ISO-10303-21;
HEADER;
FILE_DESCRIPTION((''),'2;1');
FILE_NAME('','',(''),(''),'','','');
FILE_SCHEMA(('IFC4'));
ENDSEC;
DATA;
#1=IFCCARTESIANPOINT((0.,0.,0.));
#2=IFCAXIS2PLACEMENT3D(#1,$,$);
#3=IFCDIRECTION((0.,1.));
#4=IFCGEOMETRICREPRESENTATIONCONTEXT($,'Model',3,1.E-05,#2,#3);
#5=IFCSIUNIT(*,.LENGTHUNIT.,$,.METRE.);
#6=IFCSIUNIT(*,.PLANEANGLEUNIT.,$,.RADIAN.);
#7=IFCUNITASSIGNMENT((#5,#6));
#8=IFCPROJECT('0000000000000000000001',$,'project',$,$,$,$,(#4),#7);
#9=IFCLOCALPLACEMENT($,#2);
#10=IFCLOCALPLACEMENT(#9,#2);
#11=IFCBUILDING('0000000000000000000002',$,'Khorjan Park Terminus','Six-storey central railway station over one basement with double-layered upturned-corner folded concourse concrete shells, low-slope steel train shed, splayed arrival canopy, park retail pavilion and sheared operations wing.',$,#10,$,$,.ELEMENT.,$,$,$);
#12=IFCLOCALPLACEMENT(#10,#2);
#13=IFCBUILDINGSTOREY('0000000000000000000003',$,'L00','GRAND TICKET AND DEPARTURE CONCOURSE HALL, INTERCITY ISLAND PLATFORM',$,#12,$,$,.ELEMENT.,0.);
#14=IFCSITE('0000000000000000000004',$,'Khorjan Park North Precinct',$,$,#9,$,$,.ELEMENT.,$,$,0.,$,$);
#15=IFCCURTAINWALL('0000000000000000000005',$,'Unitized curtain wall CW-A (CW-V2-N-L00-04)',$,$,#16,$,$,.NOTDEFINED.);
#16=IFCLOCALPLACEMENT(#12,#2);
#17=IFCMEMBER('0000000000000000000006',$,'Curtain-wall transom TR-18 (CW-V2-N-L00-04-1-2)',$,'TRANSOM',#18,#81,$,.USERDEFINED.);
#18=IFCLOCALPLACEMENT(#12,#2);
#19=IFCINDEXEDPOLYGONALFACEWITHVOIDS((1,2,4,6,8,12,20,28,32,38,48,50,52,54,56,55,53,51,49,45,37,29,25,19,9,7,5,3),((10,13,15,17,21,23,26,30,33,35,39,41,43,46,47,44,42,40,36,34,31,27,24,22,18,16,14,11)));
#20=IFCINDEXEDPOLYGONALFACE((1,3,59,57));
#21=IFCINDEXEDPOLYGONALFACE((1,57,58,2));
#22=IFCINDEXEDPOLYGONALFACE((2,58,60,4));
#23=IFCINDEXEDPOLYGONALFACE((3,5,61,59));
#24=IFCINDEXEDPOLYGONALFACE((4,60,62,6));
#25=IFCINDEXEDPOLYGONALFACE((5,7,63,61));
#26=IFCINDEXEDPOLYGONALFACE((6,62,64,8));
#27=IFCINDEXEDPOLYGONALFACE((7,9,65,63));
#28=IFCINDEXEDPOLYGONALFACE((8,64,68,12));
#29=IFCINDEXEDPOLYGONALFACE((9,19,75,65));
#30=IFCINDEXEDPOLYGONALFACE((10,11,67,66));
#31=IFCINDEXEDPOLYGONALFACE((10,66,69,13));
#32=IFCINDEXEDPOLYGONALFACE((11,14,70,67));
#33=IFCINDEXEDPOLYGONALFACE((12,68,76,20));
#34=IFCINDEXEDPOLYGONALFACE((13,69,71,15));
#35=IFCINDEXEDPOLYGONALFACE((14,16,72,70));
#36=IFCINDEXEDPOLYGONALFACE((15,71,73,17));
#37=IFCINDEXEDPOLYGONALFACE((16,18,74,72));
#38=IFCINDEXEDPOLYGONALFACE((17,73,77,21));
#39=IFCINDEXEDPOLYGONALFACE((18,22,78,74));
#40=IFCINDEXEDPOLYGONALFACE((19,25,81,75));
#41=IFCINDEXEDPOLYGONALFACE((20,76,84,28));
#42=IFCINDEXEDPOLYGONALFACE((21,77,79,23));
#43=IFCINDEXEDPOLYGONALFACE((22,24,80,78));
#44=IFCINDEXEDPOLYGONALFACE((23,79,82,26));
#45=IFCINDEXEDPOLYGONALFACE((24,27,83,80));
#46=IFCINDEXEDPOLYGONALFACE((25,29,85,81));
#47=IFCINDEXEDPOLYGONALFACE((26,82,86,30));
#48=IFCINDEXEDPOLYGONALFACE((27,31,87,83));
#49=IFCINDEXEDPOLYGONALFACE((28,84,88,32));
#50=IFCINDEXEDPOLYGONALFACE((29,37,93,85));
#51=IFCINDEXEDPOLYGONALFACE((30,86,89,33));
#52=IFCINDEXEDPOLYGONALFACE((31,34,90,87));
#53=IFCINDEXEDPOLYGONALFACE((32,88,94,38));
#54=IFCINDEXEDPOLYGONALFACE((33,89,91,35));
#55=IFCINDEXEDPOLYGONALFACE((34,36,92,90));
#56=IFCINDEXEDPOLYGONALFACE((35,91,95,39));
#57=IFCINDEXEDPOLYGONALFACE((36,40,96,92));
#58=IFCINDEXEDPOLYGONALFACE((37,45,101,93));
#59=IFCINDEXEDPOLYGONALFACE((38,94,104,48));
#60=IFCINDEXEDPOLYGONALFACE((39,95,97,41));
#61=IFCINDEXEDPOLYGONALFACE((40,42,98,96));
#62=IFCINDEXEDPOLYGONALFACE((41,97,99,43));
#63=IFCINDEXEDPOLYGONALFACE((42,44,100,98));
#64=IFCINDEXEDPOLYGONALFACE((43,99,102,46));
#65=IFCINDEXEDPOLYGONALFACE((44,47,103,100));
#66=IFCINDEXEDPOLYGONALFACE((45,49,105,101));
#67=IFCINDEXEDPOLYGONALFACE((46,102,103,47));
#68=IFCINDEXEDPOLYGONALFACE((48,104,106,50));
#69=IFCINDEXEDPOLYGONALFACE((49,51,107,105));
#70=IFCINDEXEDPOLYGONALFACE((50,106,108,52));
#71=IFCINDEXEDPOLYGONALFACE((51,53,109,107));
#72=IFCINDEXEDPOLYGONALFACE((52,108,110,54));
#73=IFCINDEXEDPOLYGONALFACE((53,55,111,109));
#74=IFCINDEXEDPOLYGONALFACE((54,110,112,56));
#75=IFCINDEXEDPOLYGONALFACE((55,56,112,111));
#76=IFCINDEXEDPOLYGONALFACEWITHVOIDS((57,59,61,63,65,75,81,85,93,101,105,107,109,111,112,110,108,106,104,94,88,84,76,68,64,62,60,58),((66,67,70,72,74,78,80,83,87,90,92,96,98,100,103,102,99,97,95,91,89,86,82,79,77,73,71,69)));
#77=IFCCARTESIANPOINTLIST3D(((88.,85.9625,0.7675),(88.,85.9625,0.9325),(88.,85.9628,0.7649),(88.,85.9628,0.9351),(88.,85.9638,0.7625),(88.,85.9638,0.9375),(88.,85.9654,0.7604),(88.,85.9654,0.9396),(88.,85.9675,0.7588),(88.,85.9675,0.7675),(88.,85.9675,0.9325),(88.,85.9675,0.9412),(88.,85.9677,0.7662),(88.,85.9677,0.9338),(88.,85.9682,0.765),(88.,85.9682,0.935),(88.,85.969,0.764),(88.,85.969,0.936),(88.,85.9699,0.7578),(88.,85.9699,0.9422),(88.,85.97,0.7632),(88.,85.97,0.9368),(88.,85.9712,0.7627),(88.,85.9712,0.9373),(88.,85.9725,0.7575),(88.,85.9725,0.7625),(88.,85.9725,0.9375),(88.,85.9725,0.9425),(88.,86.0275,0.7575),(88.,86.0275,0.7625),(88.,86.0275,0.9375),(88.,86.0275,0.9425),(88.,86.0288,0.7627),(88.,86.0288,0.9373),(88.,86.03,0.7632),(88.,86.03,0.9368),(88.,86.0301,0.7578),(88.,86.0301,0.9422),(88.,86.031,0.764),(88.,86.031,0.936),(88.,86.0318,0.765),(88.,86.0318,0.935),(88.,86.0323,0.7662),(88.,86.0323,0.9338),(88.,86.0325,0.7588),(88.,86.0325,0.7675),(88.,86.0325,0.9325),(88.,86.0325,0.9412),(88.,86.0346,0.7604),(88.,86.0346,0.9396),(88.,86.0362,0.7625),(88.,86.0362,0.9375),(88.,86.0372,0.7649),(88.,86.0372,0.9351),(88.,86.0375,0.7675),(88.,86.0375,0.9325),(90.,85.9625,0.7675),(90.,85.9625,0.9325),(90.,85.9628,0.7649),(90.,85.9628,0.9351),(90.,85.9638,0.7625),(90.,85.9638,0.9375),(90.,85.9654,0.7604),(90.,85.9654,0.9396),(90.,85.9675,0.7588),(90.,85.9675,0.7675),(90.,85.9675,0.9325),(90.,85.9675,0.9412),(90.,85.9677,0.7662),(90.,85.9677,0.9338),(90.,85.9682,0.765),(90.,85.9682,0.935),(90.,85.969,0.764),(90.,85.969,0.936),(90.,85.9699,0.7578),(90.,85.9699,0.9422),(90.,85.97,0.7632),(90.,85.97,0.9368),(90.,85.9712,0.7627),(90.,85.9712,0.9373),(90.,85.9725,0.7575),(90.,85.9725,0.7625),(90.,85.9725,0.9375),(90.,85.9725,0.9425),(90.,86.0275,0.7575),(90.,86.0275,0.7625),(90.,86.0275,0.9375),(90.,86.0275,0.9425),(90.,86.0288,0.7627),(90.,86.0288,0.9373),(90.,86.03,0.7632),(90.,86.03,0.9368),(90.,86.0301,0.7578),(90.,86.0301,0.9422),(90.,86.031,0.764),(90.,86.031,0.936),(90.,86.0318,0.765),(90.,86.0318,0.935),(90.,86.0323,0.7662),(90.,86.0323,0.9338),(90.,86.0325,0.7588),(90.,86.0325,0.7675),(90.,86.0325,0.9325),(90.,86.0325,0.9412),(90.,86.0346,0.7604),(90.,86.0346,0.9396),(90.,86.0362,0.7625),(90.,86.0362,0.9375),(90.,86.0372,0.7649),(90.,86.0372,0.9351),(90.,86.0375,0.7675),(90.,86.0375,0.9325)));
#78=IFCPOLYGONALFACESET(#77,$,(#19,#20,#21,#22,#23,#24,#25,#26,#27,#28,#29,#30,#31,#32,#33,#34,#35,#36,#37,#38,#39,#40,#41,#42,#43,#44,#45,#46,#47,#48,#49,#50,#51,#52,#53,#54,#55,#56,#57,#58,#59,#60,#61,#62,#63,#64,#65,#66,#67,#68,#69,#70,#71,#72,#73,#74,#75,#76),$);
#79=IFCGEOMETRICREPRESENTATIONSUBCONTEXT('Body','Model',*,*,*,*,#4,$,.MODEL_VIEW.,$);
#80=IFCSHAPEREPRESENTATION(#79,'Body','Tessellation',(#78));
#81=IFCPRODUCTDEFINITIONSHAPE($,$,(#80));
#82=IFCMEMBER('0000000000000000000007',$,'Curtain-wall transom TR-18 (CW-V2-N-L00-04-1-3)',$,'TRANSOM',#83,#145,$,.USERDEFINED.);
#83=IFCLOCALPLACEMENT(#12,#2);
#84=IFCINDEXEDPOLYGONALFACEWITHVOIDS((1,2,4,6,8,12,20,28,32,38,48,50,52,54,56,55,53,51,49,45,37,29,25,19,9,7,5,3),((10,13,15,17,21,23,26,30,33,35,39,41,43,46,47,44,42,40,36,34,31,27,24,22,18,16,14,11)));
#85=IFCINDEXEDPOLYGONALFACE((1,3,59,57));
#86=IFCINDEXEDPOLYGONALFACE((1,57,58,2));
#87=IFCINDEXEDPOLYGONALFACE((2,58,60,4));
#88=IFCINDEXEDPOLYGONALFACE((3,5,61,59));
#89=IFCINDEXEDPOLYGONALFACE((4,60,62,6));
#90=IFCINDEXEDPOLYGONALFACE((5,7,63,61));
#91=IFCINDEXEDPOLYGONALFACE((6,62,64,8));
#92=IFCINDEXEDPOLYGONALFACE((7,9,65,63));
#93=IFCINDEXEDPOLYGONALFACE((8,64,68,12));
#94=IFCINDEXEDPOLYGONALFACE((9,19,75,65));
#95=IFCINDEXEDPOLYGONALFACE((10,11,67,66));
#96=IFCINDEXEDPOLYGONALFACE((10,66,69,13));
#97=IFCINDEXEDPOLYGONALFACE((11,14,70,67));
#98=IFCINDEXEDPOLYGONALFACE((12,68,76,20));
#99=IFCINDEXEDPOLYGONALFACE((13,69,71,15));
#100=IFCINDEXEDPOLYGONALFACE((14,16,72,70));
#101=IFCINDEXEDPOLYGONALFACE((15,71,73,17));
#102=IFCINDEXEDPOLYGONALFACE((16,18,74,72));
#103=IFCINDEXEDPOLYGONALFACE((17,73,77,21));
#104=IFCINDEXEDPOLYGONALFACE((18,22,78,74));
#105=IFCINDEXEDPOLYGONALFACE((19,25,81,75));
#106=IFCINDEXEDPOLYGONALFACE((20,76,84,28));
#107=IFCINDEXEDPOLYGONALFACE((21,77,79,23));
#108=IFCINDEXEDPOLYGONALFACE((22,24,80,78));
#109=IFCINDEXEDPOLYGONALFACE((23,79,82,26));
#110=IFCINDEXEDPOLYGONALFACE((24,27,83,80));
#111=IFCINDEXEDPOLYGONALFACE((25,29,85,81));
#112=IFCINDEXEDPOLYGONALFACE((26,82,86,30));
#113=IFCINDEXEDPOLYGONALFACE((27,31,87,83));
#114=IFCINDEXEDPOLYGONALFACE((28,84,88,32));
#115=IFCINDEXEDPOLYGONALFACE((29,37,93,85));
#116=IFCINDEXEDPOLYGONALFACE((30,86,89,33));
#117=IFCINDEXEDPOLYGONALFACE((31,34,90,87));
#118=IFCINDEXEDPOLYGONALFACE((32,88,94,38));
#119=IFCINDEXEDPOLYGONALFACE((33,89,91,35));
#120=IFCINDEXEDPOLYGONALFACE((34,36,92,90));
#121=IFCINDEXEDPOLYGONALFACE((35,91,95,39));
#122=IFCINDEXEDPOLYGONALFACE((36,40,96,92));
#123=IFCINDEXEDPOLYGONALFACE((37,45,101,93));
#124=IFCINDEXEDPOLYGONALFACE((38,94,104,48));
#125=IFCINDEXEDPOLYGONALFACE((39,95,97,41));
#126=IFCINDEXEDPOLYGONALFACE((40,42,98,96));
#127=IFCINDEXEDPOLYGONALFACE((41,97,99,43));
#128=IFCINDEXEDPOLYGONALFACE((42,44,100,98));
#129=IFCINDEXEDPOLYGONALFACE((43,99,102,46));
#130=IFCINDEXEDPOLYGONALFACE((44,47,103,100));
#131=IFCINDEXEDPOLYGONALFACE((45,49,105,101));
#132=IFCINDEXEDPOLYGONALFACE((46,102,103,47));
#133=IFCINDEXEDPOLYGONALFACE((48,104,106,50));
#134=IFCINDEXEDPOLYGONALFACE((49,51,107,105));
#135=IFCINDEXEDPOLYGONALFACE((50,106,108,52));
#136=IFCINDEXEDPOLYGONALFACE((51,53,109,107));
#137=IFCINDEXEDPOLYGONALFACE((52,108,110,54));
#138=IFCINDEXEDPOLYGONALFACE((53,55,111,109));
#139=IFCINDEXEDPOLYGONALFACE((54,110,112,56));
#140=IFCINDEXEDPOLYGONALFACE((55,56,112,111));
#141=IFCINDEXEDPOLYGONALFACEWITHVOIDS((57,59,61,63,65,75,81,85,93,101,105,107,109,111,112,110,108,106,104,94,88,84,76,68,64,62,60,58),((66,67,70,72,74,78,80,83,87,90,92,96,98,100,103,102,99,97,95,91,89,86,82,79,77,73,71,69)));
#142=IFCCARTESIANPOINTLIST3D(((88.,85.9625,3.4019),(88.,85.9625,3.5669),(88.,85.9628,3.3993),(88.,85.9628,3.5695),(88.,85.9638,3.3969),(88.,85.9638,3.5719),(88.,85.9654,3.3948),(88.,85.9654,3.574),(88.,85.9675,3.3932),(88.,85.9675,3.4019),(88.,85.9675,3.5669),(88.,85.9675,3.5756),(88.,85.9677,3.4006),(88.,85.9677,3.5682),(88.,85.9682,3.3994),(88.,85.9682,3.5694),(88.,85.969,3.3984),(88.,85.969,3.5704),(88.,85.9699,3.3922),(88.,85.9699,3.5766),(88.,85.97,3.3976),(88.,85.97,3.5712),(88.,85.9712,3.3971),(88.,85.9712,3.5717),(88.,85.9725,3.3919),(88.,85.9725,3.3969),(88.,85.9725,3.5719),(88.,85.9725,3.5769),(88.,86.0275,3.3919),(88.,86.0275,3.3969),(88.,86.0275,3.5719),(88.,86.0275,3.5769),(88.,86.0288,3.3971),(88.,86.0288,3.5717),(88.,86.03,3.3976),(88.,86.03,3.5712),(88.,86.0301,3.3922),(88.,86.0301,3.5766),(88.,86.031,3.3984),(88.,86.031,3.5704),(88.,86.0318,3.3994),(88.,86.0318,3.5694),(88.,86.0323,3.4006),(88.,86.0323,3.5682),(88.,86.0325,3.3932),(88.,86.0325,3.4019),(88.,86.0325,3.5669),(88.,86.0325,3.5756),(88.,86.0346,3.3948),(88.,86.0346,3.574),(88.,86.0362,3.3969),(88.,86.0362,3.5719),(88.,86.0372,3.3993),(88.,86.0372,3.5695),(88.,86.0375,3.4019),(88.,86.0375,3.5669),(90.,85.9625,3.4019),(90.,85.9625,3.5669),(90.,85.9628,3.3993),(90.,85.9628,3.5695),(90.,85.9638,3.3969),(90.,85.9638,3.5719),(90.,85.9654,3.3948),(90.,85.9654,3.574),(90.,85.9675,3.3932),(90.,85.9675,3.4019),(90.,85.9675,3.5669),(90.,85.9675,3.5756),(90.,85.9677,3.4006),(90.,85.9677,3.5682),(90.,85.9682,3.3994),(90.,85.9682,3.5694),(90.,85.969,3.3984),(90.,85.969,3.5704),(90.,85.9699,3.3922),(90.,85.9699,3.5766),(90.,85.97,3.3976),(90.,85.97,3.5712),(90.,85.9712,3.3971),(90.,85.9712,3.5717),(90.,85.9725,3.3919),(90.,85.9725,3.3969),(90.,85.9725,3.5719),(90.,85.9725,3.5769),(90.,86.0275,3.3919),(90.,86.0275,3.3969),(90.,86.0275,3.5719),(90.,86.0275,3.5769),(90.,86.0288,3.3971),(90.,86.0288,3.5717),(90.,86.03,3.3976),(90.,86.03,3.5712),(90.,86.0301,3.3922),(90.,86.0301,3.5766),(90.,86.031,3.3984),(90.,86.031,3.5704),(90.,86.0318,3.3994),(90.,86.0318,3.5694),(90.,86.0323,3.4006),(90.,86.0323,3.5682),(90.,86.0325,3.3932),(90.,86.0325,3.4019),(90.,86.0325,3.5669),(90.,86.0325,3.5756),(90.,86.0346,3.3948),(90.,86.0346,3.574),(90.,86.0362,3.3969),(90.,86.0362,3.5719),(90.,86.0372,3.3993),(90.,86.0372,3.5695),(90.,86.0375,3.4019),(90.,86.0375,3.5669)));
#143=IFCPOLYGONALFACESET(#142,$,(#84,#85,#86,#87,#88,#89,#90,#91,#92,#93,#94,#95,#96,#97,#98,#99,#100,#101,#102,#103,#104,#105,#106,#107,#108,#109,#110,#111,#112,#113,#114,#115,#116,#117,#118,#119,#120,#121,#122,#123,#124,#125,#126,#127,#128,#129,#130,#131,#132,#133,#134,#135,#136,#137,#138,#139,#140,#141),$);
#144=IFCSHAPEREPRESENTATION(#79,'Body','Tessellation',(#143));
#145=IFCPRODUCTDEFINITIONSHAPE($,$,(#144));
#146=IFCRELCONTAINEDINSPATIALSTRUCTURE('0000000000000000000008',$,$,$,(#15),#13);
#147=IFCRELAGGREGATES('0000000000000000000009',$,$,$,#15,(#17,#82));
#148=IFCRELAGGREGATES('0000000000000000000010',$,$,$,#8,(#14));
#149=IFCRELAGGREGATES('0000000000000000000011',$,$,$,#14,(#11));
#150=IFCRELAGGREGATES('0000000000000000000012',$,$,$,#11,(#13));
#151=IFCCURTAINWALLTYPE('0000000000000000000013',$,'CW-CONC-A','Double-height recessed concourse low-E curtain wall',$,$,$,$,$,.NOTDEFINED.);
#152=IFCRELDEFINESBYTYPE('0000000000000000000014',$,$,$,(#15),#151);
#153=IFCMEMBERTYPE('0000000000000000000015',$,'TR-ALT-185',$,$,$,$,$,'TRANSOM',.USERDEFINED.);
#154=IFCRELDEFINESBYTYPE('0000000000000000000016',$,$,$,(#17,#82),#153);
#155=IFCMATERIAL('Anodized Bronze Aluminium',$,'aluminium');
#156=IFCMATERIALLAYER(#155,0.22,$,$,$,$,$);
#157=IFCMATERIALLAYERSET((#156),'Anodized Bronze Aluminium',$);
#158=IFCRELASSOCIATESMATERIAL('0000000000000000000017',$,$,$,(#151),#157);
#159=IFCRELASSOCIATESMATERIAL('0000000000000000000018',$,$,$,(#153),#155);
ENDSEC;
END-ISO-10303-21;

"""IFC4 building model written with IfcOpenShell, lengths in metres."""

from ifc_helpers import new_model, si_unit, direction, frame, origin, origin_2d, place, context, subcontext, project, spatial, hollow_rectangle, extrude, material, layer, layer_set, material_profile, profile_set, type_object, element, aggregate, save


model = new_model("IFC4")

# Units and contexts
model_context = context("Model", 3, precision=1e-05, world=origin(), true_north=direction((0.0, 1.0)))
body_context = subcontext(model_context, "Body", "Model", "MODEL_VIEW")
ifc_project = project(units=[si_unit("LENGTHUNIT", "METRE"), si_unit("PLANEANGLEUNIT", "RADIAN")], contexts=[model_context])

# Site, building, storey
site_placement = place(None, origin())
site = spatial("IfcSite", under=ifc_project, at=site_placement, Name="Khorjan Park North Precinct", CompositionType="ELEMENT", RefElevation=0.0)
building_placement = place(site_placement, origin())
building = spatial("IfcBuilding", under=site, at=building_placement, Name="Khorjan Park Terminus", Description="Six-storey central railway station over one basement with double-layered upturned-corner folded concourse concrete shells, low-slope steel train shed, splayed arrival canopy, park retail pavilion and sheared operations wing.", CompositionType="ELEMENT")
storey_placement = place(building_placement, origin())
storey = spatial("IfcBuildingStorey", under=building, at=storey_placement, Name="L00", Description="GRAND TICKET AND DEPARTURE CONCOURSE HALL, INTERCITY ISLAND PLATFORM", CompositionType="ELEMENT", Elevation=0.0)

# Curtain wall
ifc_material_1 = material(Name="Anodized Bronze Aluminium", Category="aluminium")
ifc_layer_1 = layer(ifc_material_1, 0.22)
ifc_layer_set_1 = layer_set([ifc_layer_1], Name="Anodized Bronze Aluminium")
curtain_wall_type = type_object("IfcCurtainWallType", Name="CW-CONC-A", Description="Double-height recessed concourse low-E curtain wall", PredefinedType="NOTDEFINED", material=ifc_layer_set_1)
curtain_wall_1_placement = place(storey_placement, origin())
curtain_wall_1 = element("IfcCurtainWall", 1, at=curtain_wall_1_placement, inside=storey, type_object=curtain_wall_type, Name="Unitized curtain wall CW-A (CW-V2-N-L00-04)", PredefinedType="NOTDEFINED")

# Members
ifc_material_profile_1 = material_profile(ifc_material_1, hollow_rectangle(XDim=0.075, YDim=0.185, WallThickness=0.005, InnerFilletRadius=0.005, OuterFilletRadius=0.01, at=origin_2d()), Name="ALT 75x185x5")
ifc_profile_set_1 = profile_set([ifc_material_profile_1], Name="Anodized Bronze Aluminium")
member_type_1 = type_object("IfcMemberType", Name="TR-ALT-185", ElementType="TRANSOM", PredefinedType="USERDEFINED", material=ifc_profile_set_1)
member_1_placement = place(storey_placement, frame((90.0, 86.0, 0.85), z_axis=(-1.0, 0.0, 0.0), x_axis=(0.0, -1.0, 0.0)))
member_1 = element("IfcMember", 2, at=member_1_placement, type_object=member_type_1, Name="Curtain-wall transom TR-18 (CW-V2-N-L00-04-1-2)", ObjectType="TRANSOM", PredefinedType="USERDEFINED", context=body_context, shape_type="SweptSolid", body=[
    extrude(hollow_rectangle(XDim=0.075, YDim=0.185, WallThickness=0.005, InnerFilletRadius=0.005, OuterFilletRadius=0.01, at=origin_2d()), origin(), (0.0, 0.0, 1.0), 2.0),
])
member_2_placement = place(storey_placement, frame((90.0, 86.0, 3.4844), z_axis=(-1.0, 0.0, 0.0), x_axis=(0.0, -1.0, 0.0)))
member_2 = element("IfcMember", 3, at=member_2_placement, type_object=member_type_1, Name="Curtain-wall transom TR-18 (CW-V2-N-L00-04-1-3)", ObjectType="TRANSOM", PredefinedType="USERDEFINED", context=body_context, shape_type="SweptSolid", body=[
    extrude(hollow_rectangle(XDim=0.075, YDim=0.185, WallThickness=0.005, InnerFilletRadius=0.005, OuterFilletRadius=0.01, at=origin_2d()), origin(), (0.0, 0.0, 1.0), 2.0),
])

aggregate(curtain_wall_1, [member_1, member_2])

save(model, "model.ifc")
